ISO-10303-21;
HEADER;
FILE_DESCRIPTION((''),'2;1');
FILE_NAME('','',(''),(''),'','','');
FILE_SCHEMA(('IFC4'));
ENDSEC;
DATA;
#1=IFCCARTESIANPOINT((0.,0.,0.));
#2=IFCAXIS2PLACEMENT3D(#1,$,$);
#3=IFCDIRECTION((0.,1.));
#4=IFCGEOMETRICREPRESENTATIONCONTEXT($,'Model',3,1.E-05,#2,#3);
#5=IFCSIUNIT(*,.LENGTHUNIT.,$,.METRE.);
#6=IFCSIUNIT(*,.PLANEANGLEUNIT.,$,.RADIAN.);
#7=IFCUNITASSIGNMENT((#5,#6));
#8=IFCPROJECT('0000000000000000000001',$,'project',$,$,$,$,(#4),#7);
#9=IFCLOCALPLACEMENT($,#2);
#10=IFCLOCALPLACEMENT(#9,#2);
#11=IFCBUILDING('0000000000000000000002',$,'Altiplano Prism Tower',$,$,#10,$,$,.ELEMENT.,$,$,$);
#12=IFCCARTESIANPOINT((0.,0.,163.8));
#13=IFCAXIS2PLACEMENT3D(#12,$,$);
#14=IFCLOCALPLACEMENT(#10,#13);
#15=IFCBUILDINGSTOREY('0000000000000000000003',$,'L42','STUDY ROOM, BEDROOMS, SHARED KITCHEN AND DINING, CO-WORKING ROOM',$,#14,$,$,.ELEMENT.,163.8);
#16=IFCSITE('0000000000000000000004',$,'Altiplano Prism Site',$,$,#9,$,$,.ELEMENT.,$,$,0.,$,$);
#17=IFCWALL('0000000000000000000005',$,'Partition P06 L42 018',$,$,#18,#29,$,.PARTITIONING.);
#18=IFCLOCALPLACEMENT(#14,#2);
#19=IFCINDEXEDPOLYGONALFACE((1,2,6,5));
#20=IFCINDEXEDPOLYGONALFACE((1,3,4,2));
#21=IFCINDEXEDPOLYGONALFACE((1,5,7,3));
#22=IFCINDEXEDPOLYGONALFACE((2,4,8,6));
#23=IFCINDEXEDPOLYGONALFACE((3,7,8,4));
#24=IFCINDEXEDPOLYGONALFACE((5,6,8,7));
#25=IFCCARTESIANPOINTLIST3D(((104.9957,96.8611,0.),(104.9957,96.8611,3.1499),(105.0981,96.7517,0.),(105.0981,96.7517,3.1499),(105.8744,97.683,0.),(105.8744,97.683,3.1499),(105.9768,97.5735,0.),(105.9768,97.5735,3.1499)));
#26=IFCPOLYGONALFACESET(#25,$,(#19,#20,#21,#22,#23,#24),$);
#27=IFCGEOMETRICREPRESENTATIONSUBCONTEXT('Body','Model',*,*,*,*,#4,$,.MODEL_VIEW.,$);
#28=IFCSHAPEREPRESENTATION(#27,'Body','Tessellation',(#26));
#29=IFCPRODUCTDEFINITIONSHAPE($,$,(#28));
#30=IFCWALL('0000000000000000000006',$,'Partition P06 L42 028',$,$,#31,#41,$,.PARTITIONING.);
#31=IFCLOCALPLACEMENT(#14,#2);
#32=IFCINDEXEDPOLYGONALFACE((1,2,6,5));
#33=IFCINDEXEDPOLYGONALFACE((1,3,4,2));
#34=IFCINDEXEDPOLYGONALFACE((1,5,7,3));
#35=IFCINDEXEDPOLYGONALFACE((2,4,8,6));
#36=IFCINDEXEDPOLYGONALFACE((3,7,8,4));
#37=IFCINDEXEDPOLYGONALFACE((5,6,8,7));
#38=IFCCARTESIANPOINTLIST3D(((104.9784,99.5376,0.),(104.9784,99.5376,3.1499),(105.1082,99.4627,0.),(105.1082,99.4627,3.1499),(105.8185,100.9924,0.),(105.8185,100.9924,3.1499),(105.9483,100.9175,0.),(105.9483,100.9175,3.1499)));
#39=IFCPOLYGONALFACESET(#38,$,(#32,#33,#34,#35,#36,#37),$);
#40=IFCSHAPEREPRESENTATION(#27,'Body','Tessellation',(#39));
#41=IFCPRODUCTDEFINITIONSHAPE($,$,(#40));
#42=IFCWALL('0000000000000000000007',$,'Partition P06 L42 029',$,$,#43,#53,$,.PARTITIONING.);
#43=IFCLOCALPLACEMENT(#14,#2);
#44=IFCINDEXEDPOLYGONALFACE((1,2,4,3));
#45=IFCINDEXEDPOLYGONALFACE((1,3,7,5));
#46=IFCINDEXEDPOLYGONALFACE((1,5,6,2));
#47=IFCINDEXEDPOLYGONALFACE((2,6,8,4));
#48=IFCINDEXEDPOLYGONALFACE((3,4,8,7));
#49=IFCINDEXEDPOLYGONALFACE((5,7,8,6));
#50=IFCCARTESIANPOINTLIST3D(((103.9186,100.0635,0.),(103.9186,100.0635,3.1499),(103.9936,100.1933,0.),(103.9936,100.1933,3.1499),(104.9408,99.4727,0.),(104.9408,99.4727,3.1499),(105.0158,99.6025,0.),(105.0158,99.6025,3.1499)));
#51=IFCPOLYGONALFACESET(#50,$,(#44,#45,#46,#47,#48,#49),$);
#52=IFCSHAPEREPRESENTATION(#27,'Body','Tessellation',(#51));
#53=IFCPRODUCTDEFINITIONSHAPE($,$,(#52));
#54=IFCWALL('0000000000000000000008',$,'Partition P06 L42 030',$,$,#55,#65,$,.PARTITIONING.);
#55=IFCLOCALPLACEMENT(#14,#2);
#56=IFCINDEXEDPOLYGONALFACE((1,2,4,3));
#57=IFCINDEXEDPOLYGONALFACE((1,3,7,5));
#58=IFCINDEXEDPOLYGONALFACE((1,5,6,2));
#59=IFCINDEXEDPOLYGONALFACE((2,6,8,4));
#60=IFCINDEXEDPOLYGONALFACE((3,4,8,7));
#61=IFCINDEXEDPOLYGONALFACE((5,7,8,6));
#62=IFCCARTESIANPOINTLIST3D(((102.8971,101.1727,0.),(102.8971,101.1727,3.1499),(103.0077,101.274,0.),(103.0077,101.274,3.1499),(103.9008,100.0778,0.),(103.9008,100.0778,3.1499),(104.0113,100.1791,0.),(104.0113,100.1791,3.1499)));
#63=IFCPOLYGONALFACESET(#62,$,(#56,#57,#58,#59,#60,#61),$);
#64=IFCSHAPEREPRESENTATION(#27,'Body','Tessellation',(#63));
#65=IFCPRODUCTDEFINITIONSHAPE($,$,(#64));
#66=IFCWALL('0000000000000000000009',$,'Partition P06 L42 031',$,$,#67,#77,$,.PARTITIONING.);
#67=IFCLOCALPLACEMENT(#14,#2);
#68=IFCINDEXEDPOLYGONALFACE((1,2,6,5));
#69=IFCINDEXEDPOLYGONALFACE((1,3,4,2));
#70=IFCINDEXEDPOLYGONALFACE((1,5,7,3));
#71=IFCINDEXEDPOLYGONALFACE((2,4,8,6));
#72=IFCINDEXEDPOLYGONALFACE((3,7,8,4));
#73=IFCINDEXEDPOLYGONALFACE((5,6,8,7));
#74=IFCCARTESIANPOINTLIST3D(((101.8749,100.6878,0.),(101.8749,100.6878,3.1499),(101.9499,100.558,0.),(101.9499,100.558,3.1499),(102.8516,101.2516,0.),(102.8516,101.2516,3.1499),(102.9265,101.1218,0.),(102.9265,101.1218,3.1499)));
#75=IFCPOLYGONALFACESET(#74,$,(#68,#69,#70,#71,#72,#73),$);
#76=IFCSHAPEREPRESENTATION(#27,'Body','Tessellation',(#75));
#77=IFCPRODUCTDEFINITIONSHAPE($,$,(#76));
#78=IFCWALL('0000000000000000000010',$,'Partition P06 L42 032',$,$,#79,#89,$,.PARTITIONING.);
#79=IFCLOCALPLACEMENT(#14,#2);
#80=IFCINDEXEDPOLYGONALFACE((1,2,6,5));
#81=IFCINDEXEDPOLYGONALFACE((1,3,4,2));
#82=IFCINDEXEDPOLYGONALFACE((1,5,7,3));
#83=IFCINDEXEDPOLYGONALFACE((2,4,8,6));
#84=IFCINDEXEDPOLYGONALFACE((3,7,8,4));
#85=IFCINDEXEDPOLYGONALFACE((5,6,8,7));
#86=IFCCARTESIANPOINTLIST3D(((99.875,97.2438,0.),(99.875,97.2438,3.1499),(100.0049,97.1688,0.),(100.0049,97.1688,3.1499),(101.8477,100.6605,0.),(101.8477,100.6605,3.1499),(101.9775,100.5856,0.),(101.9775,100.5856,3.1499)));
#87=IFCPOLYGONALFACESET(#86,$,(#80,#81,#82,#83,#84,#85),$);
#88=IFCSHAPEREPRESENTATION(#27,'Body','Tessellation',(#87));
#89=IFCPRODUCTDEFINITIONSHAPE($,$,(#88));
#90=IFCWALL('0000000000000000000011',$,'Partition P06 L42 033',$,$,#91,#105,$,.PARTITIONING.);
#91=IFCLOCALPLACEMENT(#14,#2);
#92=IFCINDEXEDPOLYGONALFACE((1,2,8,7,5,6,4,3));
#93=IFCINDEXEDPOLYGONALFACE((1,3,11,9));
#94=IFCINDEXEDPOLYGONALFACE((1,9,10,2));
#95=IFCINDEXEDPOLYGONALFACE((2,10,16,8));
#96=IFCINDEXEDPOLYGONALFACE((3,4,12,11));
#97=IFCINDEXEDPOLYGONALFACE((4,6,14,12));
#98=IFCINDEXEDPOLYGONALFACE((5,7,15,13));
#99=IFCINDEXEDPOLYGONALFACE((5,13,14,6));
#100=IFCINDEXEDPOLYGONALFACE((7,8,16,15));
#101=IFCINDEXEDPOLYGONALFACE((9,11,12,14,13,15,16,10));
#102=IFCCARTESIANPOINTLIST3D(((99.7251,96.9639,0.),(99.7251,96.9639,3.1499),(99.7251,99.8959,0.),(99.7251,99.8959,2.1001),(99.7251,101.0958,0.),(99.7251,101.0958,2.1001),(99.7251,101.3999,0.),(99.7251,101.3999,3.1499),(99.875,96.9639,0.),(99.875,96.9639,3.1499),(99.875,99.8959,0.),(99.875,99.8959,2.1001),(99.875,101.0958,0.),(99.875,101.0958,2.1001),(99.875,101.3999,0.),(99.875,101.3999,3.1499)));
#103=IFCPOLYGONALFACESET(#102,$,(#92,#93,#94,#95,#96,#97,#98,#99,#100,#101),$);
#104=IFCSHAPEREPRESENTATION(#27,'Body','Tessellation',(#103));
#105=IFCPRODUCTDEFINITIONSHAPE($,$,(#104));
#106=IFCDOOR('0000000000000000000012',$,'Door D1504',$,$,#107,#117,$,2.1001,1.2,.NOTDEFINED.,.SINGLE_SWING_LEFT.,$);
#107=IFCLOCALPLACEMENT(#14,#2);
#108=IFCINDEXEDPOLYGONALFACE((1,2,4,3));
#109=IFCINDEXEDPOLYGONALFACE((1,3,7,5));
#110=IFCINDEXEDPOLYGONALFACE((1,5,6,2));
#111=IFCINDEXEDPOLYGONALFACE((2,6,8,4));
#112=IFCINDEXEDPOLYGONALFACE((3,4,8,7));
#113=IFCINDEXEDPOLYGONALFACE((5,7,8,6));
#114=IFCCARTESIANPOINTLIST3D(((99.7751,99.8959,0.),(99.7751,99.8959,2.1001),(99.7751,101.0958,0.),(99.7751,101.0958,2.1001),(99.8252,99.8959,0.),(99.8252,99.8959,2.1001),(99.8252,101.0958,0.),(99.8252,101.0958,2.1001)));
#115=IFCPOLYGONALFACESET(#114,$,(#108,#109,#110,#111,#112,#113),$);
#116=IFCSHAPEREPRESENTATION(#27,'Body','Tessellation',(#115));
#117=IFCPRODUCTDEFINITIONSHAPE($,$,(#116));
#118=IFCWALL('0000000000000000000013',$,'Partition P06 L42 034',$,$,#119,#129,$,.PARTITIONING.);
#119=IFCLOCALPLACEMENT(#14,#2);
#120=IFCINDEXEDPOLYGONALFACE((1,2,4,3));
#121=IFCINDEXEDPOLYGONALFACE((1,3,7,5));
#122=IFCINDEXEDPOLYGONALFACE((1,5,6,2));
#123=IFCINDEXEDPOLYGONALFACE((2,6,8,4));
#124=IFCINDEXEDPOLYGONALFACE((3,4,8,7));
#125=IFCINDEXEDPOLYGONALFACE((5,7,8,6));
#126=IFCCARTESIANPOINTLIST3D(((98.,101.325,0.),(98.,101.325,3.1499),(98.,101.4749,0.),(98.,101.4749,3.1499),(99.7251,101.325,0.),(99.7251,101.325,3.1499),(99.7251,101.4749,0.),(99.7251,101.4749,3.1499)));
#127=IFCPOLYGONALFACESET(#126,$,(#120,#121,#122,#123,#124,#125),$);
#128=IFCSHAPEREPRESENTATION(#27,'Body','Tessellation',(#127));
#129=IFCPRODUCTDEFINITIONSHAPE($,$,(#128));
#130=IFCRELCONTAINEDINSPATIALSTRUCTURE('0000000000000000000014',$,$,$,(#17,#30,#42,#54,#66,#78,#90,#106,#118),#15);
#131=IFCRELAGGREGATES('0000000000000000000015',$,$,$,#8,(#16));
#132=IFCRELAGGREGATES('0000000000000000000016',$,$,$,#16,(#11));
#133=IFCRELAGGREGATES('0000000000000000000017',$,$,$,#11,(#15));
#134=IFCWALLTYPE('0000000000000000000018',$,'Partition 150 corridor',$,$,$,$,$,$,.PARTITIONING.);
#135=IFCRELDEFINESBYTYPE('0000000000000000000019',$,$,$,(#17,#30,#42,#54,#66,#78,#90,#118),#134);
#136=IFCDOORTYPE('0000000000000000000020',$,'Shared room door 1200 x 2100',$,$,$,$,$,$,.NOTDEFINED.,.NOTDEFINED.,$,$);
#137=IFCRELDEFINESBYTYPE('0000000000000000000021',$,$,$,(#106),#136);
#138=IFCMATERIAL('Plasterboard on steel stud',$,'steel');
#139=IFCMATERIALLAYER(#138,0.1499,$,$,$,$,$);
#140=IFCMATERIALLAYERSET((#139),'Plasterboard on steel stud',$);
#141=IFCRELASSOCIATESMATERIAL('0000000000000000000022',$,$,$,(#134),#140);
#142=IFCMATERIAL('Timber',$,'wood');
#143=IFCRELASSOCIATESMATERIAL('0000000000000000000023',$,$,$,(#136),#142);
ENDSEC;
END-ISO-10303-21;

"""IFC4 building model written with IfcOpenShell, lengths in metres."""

from ifc_helpers import new_model, si_unit, direction, frame, frame_2d, origin, place, context, subcontext, project, spatial, rectangle, extrude, material, layer, layer_set, type_object, element, fill, save


model = new_model("IFC4")

# Units and contexts
model_context = context("Model", 3, precision=1e-05, world=origin(), true_north=direction((0.0, 1.0)))
body_context = subcontext(model_context, "Body", "Model", "MODEL_VIEW")
ifc_project = project(units=[si_unit("LENGTHUNIT", "METRE"), si_unit("PLANEANGLEUNIT", "RADIAN")], contexts=[model_context])

# Site, building, storey
site_placement = place(None, origin())
site = spatial("IfcSite", under=ifc_project, at=site_placement, Name="Altiplano Prism Site", CompositionType="ELEMENT", RefElevation=0.0)
building_placement = place(site_placement, origin())
building = spatial("IfcBuilding", under=site, at=building_placement, Name="Altiplano Prism Tower", CompositionType="ELEMENT")
storey_placement = place(building_placement, frame((0.0, 0.0, 163.8)))
storey = spatial("IfcBuildingStorey", under=building, at=storey_placement, Name="L42", Description="STUDY ROOM, BEDROOMS, SHARED KITCHEN AND DINING, CO-WORKING ROOM", CompositionType="ELEMENT", Elevation=163.8)

# Shared definitions
ifc_material_1 = material(Name="Plasterboard on steel stud", Category="steel")
ifc_layer_1 = layer(ifc_material_1, 0.1499)
ifc_layer_set_1 = layer_set([ifc_layer_1], Name="Plasterboard on steel stud")
wall_type_1 = type_object("IfcWallType", Name="Partition 150 corridor", PredefinedType="PARTITIONING", material=ifc_layer_set_1)

# Shared definitions
ifc_material_2 = material(Name="Timber", Category="wood")
door_type = type_object("IfcDoorType", Name="Shared room door 1200 x 2100", OperationType="NOTDEFINED", PredefinedType="NOTDEFINED", material=ifc_material_2)

# Walls
wall_1_placement = place(storey_placement, frame((105.0469, 96.8064, 0.0), z_axis=(0.0, 0.0, 1.0), x_axis=(0.730353, 0.68307, 0.0)))
element("IfcWall", 1, at=wall_1_placement, inside=storey, type_object=wall_type_1, Name="Partition P06 L42 018", PredefinedType="PARTITIONING", context=body_context, shape_type="SweptSolid", body=[
    extrude(rectangle(XDim=1.2031, YDim=0.1499, at=frame_2d((0.6016, 0.0))), origin(), (0.0, 0.0, 1.0), 3.1499),
])
wall_2_placement = place(storey_placement, frame((105.8833, 100.9548, 0.0), z_axis=(0.0, 0.0, 1.0), x_axis=(-0.500062, -0.86599, 0.0)))
element("IfcWall", 2, at=wall_2_placement, inside=storey, type_object=wall_type_1, Name="Partition P06 L42 028", PredefinedType="PARTITIONING", context=body_context, shape_type="SweptSolid", body=[
    extrude(rectangle(XDim=1.6799, YDim=0.1499, at=frame_2d((0.8398, 0.0))), origin(), (0.0, 0.0, 1.0), 3.1499),
])
wall_3_placement = place(storey_placement, frame((104.9783, 99.5376, 0.0), z_axis=(0.0, 0.0, 1.0), x_axis=(-0.865789, 0.500409, 0.0)))
element("IfcWall", 3, at=wall_3_placement, inside=storey, type_object=wall_type_1, Name="Partition P06 L42 029", PredefinedType="PARTITIONING", context=body_context, shape_type="SweptSolid", body=[
    extrude(rectangle(XDim=1.1807, YDim=0.1499, at=frame_2d((0.5903, 0.0))), origin(), (0.0, 0.0, 1.0), 3.1499),
])
wall_4_placement = place(storey_placement, frame((103.9561, 100.1284, 0.0), z_axis=(0.0, 0.0, 1.0), x_axis=(-0.675702, 0.737175, 0.0)))
element("IfcWall", 4, at=wall_4_placement, inside=storey, type_object=wall_type_1, Name="Partition P06 L42 030", PredefinedType="PARTITIONING", context=body_context, shape_type="SweptSolid", body=[
    extrude(rectangle(XDim=1.4854, YDim=0.1499, at=frame_2d((0.7427, 0.0))), origin(), (0.0, 0.0, 1.0), 3.1499),
])
wall_5_placement = place(storey_placement, frame((102.8892, 101.1868, 0.0), z_axis=(0.0, 0.0, 1.0), x_axis=(-0.866063, -0.499935, 0.0)))
element("IfcWall", 5, at=wall_5_placement, inside=storey, type_object=wall_type_1, Name="Partition P06 L42 031", PredefinedType="PARTITIONING", context=body_context, shape_type="SweptSolid", body=[
    extrude(rectangle(XDim=1.1277, YDim=0.1499, at=frame_2d((0.564, 0.0))), origin(), (0.0, 0.0, 1.0), 3.1499),
])
wall_6_placement = place(storey_placement, frame((101.9126, 100.623, 0.0), z_axis=(0.0, 0.0, 1.0), x_axis=(-0.499999, -0.866026, 0.0)))
element("IfcWall", 6, at=wall_6_placement, inside=storey, type_object=wall_type_1, Name="Partition P06 L42 032", PredefinedType="PARTITIONING", context=body_context, shape_type="SweptSolid", body=[
    extrude(rectangle(XDim=3.9453, YDim=0.1499, at=frame_2d((1.9727, 0.0))), origin(), (0.0, 0.0, 1.0), 3.1499),
])

# Wall, opening, door
wall_7_placement = place(storey_placement, frame((99.8, 96.9639, 0.0), z_axis=(0.0, 0.0, 1.0), x_axis=(0.0, 1.0, 0.0)))
wall_7 = element("IfcWall", 7, at=wall_7_placement, inside=storey, type_object=wall_type_1, Name="Partition P06 L42 033", PredefinedType="PARTITIONING", context=body_context, shape_type="SweptSolid", body=[
    extrude(rectangle(XDim=4.436, YDim=0.1499, at=frame_2d((2.218, 0.0))), origin(), (0.0, 0.0, 1.0), 3.1499),
])
opening_1_placement = place(wall_7_placement, frame((2.9319, 0.0, 0.0)))
opening_1 = element("IfcOpeningElement", 8, at=opening_1_placement, cuts=wall_7, PredefinedType="OPENING", context=body_context, shape_type="SweptSolid", body=[
    extrude(rectangle(XDim=1.2, YDim=2.1001, at=frame_2d((0.6001, 1.05))), frame((0.0, 0.0854, 0.0), z_axis=(0.0, -1.0, 0.0), x_axis=(1.0, 0.0, 0.0)), (0.0, 0.0, 1.0), 0.1709),
])
door_1_placement = place(opening_1_placement, origin())
door_1 = element("IfcDoor", 9, at=door_1_placement, inside=storey, type_object=door_type, Name="Door D1504", OperationType="SINGLE_SWING_LEFT", OverallHeight=2.1001, OverallWidth=1.2, PredefinedType="NOTDEFINED", context=body_context, shape_type="SweptSolid", body=[
    extrude(rectangle(XDim=1.2, YDim=2.1001, at=frame_2d((0.6001, 1.05))), frame((0.0, 0.0249, 0.0), z_axis=(0.0, -1.0, 0.0), x_axis=(1.0, 0.0, 0.0)), (0.0, 0.0, 1.0), 0.05),
])
fill(opening_1, door_1)

# Wall
wall_8_placement = place(storey_placement, frame((99.7251, 101.3999, 0.0), z_axis=(0.0, 0.0, 1.0), x_axis=(-1.0, 0.0, 0.0)))
element("IfcWall", 10, at=wall_8_placement, inside=storey, type_object=wall_type_1, Name="Partition P06 L42 034", PredefinedType="PARTITIONING", context=body_context, shape_type="SweptSolid", body=[
    extrude(rectangle(XDim=1.7251, YDim=0.1499, at=frame_2d((0.8625, 0.0))), origin(), (0.0, 0.0, 1.0), 3.1499),
])

save(model, "model.ifc")
